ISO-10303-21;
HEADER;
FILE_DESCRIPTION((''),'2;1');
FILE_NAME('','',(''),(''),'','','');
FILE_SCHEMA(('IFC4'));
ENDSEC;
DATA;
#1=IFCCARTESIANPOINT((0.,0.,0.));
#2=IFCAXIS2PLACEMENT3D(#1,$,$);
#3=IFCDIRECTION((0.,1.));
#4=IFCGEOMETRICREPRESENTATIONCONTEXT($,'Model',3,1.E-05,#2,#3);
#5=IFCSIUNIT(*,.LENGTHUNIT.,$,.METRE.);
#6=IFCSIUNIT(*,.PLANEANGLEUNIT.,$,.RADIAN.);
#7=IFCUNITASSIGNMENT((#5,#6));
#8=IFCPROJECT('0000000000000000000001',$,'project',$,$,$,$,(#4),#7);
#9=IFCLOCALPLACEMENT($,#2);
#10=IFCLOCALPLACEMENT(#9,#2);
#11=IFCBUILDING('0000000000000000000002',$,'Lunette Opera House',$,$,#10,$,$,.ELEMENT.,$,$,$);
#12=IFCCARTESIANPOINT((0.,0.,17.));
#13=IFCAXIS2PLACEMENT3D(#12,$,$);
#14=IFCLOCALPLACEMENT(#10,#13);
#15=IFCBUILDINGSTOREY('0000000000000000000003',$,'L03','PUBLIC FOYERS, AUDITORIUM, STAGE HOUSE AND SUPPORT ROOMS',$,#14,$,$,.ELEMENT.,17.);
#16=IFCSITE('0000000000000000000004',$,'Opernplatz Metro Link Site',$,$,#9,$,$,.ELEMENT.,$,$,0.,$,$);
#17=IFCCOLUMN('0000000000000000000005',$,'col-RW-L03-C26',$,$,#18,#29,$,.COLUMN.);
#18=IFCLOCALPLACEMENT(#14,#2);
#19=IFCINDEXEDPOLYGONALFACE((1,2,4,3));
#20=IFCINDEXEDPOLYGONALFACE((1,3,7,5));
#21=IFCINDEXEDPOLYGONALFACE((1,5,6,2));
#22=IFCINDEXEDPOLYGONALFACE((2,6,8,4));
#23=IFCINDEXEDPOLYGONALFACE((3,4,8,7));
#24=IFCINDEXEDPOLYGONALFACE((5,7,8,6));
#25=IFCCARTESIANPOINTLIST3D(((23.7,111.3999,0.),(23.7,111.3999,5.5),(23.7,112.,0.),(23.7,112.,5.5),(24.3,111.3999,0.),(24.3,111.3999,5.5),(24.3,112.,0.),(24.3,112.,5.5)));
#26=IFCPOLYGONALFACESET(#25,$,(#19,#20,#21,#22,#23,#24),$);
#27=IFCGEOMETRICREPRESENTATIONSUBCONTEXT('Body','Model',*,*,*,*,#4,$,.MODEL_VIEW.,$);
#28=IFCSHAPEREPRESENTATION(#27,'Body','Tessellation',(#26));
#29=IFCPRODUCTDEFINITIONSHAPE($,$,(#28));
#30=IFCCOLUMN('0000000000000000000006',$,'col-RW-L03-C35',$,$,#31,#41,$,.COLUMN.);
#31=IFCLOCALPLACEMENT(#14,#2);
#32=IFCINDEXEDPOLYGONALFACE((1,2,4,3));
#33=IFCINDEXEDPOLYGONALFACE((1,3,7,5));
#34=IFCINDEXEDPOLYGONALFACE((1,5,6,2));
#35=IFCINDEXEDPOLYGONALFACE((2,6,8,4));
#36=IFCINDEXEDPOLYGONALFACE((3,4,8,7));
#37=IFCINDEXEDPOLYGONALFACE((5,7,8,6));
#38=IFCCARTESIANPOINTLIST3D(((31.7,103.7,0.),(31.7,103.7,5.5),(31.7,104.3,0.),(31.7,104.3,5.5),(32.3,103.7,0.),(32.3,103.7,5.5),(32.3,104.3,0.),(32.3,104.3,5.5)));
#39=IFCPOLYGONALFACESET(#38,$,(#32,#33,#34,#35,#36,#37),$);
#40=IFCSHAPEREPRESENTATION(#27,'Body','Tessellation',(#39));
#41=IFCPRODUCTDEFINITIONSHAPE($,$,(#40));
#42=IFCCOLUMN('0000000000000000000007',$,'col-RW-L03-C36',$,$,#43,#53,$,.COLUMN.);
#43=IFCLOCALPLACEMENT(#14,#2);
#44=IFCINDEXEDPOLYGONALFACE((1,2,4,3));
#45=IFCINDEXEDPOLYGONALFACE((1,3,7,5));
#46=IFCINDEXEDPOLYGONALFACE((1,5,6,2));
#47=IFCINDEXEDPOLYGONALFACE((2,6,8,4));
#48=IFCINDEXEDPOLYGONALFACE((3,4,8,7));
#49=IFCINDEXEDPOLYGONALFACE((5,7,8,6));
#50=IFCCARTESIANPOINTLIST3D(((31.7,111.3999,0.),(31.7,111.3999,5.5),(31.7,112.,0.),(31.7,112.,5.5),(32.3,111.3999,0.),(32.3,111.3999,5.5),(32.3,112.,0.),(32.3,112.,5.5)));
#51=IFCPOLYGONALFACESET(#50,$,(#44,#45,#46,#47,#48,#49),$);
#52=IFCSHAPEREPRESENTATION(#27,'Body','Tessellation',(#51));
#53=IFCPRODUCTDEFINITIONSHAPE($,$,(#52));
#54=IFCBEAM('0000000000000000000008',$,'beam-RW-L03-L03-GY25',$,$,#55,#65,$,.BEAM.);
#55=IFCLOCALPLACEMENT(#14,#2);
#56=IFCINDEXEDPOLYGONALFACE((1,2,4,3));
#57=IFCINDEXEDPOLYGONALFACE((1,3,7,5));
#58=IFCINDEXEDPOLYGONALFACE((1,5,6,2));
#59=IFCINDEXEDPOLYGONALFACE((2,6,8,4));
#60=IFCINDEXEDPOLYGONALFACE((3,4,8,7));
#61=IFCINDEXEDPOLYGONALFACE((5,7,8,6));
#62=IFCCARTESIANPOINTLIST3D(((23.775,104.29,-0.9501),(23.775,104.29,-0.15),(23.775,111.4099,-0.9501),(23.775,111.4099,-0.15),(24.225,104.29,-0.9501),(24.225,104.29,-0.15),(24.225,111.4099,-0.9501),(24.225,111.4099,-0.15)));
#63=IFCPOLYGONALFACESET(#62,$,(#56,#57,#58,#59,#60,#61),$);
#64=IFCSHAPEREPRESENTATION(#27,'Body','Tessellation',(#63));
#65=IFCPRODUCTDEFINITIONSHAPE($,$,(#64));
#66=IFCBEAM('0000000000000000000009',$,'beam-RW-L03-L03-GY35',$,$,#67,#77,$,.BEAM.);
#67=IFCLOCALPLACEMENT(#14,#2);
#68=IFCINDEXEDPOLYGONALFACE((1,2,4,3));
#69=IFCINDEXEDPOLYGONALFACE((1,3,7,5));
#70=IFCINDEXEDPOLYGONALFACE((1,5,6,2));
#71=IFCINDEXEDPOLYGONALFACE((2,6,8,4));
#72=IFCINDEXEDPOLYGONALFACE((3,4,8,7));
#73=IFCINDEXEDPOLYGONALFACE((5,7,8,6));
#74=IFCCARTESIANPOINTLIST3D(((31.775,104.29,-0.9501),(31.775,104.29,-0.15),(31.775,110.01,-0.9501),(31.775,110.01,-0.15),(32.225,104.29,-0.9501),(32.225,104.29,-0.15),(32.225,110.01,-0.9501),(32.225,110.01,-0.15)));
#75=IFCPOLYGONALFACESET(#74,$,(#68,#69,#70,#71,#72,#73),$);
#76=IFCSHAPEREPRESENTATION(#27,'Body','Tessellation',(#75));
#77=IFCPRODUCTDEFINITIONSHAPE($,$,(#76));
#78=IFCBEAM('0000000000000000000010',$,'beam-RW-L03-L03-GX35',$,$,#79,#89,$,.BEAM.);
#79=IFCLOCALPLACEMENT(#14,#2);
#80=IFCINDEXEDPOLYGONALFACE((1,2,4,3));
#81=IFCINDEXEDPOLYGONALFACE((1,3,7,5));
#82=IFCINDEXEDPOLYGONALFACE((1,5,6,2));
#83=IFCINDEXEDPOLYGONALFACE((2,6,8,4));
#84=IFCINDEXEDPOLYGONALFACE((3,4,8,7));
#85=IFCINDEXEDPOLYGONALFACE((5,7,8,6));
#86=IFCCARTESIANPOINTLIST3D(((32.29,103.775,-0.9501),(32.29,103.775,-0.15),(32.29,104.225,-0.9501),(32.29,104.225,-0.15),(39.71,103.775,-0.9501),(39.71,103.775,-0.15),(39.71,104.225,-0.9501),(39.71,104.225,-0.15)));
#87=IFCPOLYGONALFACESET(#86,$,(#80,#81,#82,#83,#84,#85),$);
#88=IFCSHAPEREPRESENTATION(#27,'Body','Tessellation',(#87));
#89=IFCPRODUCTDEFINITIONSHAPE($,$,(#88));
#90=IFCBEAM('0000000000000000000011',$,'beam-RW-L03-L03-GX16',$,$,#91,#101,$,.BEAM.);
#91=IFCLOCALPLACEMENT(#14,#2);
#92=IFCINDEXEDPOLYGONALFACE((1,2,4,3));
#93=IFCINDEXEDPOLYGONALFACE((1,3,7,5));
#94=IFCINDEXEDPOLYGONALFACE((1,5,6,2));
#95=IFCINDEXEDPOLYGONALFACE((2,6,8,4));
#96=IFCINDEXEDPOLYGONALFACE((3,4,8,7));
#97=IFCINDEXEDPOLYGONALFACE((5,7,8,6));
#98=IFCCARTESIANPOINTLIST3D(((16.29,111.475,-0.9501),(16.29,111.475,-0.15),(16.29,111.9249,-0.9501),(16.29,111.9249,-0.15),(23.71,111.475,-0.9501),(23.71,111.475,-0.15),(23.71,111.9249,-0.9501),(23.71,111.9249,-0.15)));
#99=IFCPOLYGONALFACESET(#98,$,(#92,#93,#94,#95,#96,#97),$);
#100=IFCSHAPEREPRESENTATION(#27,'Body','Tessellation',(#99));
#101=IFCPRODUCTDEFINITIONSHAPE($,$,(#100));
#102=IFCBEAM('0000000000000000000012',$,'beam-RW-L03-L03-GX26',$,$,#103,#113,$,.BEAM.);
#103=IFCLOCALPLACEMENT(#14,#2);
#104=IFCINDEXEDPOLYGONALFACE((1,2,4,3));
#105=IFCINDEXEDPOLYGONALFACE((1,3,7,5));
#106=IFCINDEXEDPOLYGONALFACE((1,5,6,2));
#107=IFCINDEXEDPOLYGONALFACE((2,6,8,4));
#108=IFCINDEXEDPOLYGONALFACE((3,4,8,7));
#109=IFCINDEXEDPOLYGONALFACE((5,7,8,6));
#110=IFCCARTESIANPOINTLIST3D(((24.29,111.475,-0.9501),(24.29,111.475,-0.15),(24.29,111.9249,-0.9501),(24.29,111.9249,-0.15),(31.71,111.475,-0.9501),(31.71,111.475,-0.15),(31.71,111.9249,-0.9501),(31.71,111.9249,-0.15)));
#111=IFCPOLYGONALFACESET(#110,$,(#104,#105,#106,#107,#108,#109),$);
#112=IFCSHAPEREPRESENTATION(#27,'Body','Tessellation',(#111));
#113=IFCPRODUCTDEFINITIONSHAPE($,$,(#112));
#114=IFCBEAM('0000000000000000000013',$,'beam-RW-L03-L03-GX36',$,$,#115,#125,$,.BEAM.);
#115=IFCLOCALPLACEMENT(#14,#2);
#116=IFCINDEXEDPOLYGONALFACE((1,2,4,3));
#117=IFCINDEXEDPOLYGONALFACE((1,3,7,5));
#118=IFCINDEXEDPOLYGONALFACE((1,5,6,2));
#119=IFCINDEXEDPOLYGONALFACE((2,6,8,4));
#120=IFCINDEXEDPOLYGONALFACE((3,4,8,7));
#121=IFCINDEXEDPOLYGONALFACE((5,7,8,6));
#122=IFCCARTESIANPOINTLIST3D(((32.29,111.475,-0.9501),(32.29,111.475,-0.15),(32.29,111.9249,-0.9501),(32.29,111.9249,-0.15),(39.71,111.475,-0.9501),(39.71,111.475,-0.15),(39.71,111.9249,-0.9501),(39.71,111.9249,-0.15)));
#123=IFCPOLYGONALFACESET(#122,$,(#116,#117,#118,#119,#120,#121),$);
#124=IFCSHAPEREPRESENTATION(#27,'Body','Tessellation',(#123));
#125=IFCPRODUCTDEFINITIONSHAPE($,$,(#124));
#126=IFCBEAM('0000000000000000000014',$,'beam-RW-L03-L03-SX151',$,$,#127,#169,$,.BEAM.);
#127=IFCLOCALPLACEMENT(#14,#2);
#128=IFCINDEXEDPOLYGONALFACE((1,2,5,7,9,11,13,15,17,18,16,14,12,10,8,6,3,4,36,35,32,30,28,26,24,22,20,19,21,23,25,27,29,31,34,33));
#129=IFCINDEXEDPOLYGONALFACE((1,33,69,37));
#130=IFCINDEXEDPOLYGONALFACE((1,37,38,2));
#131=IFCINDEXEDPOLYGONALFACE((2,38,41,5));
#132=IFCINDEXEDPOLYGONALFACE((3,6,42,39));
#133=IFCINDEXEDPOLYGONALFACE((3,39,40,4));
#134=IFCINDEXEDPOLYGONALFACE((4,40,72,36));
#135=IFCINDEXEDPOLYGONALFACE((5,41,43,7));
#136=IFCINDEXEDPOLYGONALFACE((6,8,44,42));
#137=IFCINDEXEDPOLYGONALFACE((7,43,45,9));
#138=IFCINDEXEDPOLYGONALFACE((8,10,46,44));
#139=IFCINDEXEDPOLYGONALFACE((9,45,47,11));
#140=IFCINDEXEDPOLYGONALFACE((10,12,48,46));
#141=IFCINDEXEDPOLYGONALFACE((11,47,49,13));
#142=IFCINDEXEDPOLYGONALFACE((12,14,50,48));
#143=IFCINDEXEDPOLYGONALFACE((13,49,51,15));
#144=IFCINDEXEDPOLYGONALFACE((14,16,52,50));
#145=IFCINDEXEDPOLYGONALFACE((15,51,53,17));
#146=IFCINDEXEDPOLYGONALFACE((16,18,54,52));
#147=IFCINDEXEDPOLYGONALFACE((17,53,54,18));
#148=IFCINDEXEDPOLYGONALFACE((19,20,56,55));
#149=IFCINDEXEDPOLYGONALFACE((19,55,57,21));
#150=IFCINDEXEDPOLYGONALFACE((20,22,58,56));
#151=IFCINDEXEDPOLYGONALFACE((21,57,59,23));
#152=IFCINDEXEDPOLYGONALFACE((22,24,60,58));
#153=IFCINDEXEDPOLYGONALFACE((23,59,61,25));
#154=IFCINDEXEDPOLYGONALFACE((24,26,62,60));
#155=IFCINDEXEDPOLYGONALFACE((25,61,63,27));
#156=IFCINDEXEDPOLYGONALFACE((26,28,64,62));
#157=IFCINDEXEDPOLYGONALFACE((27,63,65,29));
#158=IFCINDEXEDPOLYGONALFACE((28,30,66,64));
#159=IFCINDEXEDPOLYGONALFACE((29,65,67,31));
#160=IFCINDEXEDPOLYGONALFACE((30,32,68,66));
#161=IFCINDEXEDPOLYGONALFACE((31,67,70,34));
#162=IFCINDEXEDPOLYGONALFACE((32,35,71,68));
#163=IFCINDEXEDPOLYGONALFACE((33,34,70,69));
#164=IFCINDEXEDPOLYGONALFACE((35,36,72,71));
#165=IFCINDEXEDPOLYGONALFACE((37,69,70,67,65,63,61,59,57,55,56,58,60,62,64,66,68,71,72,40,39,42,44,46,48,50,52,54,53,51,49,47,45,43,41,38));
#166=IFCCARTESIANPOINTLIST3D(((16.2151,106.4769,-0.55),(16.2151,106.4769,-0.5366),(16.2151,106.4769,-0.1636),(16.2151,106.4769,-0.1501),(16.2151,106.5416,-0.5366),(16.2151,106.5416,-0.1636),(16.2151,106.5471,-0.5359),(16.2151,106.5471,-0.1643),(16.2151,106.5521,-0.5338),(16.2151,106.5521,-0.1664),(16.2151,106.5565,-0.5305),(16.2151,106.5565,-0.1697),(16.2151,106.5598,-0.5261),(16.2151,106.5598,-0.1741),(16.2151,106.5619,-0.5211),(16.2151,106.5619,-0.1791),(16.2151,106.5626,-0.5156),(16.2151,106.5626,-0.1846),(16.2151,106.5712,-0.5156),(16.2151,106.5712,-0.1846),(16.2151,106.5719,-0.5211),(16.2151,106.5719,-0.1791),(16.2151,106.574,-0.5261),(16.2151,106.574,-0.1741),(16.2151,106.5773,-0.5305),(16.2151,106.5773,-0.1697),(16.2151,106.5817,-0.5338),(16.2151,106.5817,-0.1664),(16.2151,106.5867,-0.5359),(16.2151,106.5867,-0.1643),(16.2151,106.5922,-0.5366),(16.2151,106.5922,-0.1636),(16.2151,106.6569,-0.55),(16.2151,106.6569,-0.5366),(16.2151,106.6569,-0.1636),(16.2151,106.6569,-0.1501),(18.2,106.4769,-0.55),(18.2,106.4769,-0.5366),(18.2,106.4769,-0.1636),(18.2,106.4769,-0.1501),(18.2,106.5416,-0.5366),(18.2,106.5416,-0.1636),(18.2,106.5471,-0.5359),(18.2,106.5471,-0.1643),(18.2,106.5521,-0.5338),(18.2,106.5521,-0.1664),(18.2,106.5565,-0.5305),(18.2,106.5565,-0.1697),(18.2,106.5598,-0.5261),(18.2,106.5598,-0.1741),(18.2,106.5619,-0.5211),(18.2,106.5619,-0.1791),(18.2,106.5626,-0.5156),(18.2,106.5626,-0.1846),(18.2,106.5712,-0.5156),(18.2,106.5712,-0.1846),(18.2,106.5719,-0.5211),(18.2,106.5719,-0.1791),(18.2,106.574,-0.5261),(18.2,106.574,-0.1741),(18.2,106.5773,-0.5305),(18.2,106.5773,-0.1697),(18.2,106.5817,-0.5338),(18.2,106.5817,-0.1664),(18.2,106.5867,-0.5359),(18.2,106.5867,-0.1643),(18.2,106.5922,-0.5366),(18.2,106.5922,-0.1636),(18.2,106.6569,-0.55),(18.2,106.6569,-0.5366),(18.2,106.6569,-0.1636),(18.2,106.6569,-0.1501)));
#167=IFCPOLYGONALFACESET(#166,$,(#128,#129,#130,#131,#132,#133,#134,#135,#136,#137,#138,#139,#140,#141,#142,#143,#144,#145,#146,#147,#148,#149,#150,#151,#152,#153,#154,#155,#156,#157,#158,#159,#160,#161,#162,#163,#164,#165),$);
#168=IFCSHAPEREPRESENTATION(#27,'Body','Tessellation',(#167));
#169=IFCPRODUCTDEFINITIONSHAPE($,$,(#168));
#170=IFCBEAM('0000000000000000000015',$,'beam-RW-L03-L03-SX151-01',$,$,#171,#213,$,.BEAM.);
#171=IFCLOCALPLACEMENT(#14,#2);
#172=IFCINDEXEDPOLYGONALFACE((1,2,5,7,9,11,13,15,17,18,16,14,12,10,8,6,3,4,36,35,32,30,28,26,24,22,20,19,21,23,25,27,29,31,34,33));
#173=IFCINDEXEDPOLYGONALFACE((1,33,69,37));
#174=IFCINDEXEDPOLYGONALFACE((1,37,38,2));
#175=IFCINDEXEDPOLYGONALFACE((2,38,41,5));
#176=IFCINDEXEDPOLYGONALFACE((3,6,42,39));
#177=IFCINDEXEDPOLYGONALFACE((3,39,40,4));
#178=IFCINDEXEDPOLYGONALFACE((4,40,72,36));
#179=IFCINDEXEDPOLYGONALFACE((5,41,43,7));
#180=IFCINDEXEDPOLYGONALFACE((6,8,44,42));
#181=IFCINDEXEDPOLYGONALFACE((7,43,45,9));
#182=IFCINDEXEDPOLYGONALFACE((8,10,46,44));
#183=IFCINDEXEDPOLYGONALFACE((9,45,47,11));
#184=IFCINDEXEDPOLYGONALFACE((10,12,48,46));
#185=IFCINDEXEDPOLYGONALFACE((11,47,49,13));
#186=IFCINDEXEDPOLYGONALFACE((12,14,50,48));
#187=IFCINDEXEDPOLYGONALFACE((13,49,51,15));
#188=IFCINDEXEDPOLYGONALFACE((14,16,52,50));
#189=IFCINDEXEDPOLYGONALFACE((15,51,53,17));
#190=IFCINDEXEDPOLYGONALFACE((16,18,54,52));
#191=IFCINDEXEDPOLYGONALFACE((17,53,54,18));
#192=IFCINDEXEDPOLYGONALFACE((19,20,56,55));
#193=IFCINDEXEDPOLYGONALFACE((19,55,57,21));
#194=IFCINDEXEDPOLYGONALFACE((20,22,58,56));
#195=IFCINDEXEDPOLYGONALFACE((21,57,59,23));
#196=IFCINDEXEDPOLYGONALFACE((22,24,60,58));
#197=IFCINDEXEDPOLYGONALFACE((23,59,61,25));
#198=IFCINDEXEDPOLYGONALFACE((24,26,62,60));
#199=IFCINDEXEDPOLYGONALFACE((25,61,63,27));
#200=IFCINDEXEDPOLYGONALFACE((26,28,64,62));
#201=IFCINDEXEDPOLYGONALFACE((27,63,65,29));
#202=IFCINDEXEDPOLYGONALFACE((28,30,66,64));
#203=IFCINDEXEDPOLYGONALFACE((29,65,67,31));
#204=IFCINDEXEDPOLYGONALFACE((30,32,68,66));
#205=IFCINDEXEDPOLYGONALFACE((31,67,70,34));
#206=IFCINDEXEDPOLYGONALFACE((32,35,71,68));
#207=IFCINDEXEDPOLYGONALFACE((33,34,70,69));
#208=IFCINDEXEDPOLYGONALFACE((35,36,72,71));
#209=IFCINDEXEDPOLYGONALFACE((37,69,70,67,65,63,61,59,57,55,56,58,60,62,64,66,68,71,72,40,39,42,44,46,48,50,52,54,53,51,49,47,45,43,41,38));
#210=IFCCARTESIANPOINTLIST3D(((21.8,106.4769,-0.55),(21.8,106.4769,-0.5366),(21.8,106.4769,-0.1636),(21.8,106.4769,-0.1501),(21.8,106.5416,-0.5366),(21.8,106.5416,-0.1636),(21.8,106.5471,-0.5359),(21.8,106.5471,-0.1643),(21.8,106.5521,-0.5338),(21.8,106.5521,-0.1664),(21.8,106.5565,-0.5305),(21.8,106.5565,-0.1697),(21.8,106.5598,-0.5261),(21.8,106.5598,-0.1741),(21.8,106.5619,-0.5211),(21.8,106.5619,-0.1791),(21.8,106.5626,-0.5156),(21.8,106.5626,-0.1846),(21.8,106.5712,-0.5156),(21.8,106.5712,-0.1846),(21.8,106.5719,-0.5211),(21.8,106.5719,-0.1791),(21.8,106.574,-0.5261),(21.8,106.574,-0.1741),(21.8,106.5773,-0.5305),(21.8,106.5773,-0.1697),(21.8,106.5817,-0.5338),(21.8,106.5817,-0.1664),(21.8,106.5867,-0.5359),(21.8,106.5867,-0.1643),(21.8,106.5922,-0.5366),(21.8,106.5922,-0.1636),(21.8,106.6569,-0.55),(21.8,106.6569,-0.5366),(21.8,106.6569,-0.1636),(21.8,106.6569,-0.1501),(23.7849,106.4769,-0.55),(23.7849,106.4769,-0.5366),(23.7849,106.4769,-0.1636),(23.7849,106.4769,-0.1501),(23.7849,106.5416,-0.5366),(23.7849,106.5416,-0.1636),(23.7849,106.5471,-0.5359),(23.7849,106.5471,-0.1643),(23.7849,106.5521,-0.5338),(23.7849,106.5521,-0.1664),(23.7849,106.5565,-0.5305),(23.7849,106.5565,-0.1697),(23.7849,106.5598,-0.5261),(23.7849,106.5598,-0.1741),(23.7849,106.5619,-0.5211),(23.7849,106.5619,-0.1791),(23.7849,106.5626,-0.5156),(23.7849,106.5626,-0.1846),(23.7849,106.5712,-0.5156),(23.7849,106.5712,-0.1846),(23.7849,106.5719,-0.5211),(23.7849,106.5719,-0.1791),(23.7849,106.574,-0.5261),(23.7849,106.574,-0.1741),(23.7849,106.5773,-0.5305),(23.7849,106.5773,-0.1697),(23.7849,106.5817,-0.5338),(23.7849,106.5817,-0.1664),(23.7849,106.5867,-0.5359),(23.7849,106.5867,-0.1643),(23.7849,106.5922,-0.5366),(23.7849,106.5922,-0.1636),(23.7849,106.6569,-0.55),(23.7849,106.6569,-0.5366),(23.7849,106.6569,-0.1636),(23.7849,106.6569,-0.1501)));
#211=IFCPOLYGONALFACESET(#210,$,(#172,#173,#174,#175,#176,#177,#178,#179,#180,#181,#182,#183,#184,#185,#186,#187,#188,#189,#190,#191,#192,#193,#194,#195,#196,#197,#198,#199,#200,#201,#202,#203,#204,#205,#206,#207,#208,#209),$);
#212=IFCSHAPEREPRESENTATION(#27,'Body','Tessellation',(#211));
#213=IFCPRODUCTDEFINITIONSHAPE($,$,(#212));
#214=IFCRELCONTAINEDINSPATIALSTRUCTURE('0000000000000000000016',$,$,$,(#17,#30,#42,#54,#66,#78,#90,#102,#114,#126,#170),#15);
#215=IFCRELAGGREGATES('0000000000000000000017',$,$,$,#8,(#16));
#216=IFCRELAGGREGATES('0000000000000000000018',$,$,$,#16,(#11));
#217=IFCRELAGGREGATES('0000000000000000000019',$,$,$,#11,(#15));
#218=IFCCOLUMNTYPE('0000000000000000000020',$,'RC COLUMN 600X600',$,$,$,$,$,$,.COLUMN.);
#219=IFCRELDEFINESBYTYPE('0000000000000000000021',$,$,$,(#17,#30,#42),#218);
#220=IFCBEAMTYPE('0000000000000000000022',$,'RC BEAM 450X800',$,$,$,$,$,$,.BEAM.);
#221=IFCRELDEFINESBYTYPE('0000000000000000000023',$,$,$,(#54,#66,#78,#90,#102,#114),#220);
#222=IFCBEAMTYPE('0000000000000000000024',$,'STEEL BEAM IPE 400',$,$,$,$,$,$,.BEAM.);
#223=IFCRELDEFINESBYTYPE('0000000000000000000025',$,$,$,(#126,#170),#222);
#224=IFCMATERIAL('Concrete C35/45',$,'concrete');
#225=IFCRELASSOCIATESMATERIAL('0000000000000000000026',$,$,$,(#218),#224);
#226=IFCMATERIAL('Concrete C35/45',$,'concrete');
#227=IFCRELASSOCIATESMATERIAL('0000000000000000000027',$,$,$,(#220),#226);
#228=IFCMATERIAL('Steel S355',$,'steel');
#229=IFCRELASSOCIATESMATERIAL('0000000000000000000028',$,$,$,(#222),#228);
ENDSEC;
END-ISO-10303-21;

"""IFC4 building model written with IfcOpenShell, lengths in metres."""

from ifc_helpers import new_model, si_unit, direction, frame, origin, origin_2d, place, context, subcontext, project, spatial, rectangle, i_section, extrude, material, material_profile, profile_set, type_object, element, save


model = new_model("IFC4")

# Units and contexts
model_context = context("Model", 3, precision=1e-05, world=origin(), true_north=direction((0.0, 1.0)))
body_context = subcontext(model_context, "Body", "Model", "MODEL_VIEW")
ifc_project = project(units=[si_unit("LENGTHUNIT", "METRE"), si_unit("PLANEANGLEUNIT", "RADIAN")], contexts=[model_context])

# Site, building, storey
site_placement = place(None, origin())
site = spatial("IfcSite", under=ifc_project, at=site_placement, Name="Opernplatz Metro Link Site", CompositionType="ELEMENT", RefElevation=0.0)
building_placement = place(site_placement, origin())
building = spatial("IfcBuilding", under=site, at=building_placement, Name="Lunette Opera House", CompositionType="ELEMENT")
storey_placement = place(building_placement, frame((0.0, 0.0, 17.0)))
storey = spatial("IfcBuildingStorey", under=building, at=storey_placement, Name="L03", Description="PUBLIC FOYERS, AUDITORIUM, STAGE HOUSE AND SUPPORT ROOMS", CompositionType="ELEMENT", Elevation=17.0)

# Columns
ifc_material_1 = material(Name="Concrete C35/45", Category="concrete")
ifc_material_profile_1 = material_profile(ifc_material_1, rectangle(XDim=0.6001, YDim=0.6001, at=origin_2d()), Name="RC COLUMN 600X600")
ifc_profile_set_1 = profile_set([ifc_material_profile_1], Name="Concrete C35/45")
column_type = type_object("IfcColumnType", Name="RC COLUMN 600X600", PredefinedType="COLUMN", material=ifc_profile_set_1)
for number, where, z_axis, x_axis, name in (
    (1, (24.0, 111.7, 0.0), (0.0, 0.0, 1.0), (1.0, 0.0, 0.0), "col-RW-L03-C26"),
    (2, (32.0, 104.0, 0.0), (0.0, 0.0, 1.0), (1.0, 0.0, 0.0), "col-RW-L03-C35"),
    (3, (32.0, 111.7, 0.0), (0.0, 0.0, 1.0), (1.0, 0.0, 0.0), "col-RW-L03-C36"),
):
    element("IfcColumn", number, at=place(storey_placement, frame(where, z_axis=z_axis, x_axis=x_axis)), inside=storey, type_object=column_type, Name=name, PredefinedType="COLUMN", context=body_context, shape_type="SweptSolid", body=[
        extrude(rectangle(XDim=0.6001, YDim=0.6001, at=origin_2d()), origin(), (0.0, 0.0, 1.0), 5.5),
    ])

# Beams
ifc_material_2 = material(Name="Concrete C35/45", Category="concrete")
ifc_material_profile_2 = material_profile(ifc_material_2, rectangle(XDim=0.45, YDim=0.8, at=origin_2d()), Name="RC BEAM 450X800")
ifc_profile_set_2 = profile_set([ifc_material_profile_2], Name="Concrete C35/45")
beam_type_1 = type_object("IfcBeamType", Name="RC BEAM 450X800", PredefinedType="BEAM", material=ifc_profile_set_2)
beam_1_placement = place(storey_placement, frame((24.0, 104.29, -0.55), z_axis=(0.0, 1.0, 0.0), x_axis=(-1.0, 0.0, 0.0)))
element("IfcBeam", 4, at=beam_1_placement, inside=storey, type_object=beam_type_1, Name="beam-RW-L03-L03-GY25", PredefinedType="BEAM", context=body_context, shape_type="SweptSolid", body=[
    extrude(rectangle(XDim=0.45, YDim=0.8, at=origin_2d()), origin(), (0.0, 0.0, 1.0), 7.1199),
])
beam_2_placement = place(storey_placement, frame((32.0, 104.29, -0.55), z_axis=(0.0, 1.0, 0.0), x_axis=(-1.0, 0.0, 0.0)))
element("IfcBeam", 5, at=beam_2_placement, inside=storey, type_object=beam_type_1, Name="beam-RW-L03-L03-GY35", PredefinedType="BEAM", context=body_context, shape_type="SweptSolid", body=[
    extrude(rectangle(XDim=0.45, YDim=0.8, at=origin_2d()), origin(), (0.0, 0.0, 1.0), 5.72),
])
for number, where, z_axis, x_axis, name in (
    (6, (32.29, 104.0, -0.55), (1.0, 0.0, 0.0), (0.0, 1.0, 0.0), "beam-RW-L03-L03-GX35"),
    (7, (16.29, 111.7, -0.55), (1.0, 0.0, 0.0), (0.0, 1.0, 0.0), "beam-RW-L03-L03-GX16"),
    (8, (24.29, 111.7, -0.55), (1.0, 0.0, 0.0), (0.0, 1.0, 0.0), "beam-RW-L03-L03-GX26"),
    (9, (32.29, 111.7, -0.55), (1.0, 0.0, 0.0), (0.0, 1.0, 0.0), "beam-RW-L03-L03-GX36"),
):
    element("IfcBeam", number, at=place(storey_placement, frame(where, z_axis=z_axis, x_axis=x_axis)), inside=storey, type_object=beam_type_1, Name=name, PredefinedType="BEAM", context=body_context, shape_type="SweptSolid", body=[
        extrude(rectangle(XDim=0.45, YDim=0.8, at=origin_2d()), origin(), (0.0, 0.0, 1.0), 7.4199),
    ])
ifc_material_3 = material(Name="Steel S355", Category="steel")
ifc_material_profile_3 = material_profile(ifc_material_3, i_section(OverallWidth=0.1799, OverallDepth=0.3999, WebThickness=0.0085, FlangeThickness=0.0134, FilletRadius=0.021, at=origin_2d()), Name="IPE 400")
ifc_profile_set_3 = profile_set([ifc_material_profile_3], Name="Steel S355")
beam_type_2 = type_object("IfcBeamType", Name="STEEL BEAM IPE 400", PredefinedType="BEAM", material=ifc_profile_set_3)
for number, where, z_axis, x_axis, name in (
    (10, (16.2151, 106.5669, -0.3501), (1.0, 0.0, 0.0), (0.0, 1.0, 0.0), "beam-RW-L03-L03-SX151"),
    (11, (21.8, 106.5669, -0.3501), (1.0, 0.0, 0.0), (0.0, 1.0, 0.0), "beam-RW-L03-L03-SX151-01"),
):
    element("IfcBeam", number, at=place(storey_placement, frame(where, z_axis=z_axis, x_axis=x_axis)), inside=storey, type_object=beam_type_2, Name=name, PredefinedType="BEAM", context=body_context, shape_type="SweptSolid", body=[
        extrude(i_section(OverallWidth=0.1799, OverallDepth=0.3999, WebThickness=0.0085, FlangeThickness=0.0134, FilletRadius=0.021, at=origin_2d()), origin(), (0.0, 0.0, 1.0), 1.9849),
    ])

save(model, "model.ifc")
